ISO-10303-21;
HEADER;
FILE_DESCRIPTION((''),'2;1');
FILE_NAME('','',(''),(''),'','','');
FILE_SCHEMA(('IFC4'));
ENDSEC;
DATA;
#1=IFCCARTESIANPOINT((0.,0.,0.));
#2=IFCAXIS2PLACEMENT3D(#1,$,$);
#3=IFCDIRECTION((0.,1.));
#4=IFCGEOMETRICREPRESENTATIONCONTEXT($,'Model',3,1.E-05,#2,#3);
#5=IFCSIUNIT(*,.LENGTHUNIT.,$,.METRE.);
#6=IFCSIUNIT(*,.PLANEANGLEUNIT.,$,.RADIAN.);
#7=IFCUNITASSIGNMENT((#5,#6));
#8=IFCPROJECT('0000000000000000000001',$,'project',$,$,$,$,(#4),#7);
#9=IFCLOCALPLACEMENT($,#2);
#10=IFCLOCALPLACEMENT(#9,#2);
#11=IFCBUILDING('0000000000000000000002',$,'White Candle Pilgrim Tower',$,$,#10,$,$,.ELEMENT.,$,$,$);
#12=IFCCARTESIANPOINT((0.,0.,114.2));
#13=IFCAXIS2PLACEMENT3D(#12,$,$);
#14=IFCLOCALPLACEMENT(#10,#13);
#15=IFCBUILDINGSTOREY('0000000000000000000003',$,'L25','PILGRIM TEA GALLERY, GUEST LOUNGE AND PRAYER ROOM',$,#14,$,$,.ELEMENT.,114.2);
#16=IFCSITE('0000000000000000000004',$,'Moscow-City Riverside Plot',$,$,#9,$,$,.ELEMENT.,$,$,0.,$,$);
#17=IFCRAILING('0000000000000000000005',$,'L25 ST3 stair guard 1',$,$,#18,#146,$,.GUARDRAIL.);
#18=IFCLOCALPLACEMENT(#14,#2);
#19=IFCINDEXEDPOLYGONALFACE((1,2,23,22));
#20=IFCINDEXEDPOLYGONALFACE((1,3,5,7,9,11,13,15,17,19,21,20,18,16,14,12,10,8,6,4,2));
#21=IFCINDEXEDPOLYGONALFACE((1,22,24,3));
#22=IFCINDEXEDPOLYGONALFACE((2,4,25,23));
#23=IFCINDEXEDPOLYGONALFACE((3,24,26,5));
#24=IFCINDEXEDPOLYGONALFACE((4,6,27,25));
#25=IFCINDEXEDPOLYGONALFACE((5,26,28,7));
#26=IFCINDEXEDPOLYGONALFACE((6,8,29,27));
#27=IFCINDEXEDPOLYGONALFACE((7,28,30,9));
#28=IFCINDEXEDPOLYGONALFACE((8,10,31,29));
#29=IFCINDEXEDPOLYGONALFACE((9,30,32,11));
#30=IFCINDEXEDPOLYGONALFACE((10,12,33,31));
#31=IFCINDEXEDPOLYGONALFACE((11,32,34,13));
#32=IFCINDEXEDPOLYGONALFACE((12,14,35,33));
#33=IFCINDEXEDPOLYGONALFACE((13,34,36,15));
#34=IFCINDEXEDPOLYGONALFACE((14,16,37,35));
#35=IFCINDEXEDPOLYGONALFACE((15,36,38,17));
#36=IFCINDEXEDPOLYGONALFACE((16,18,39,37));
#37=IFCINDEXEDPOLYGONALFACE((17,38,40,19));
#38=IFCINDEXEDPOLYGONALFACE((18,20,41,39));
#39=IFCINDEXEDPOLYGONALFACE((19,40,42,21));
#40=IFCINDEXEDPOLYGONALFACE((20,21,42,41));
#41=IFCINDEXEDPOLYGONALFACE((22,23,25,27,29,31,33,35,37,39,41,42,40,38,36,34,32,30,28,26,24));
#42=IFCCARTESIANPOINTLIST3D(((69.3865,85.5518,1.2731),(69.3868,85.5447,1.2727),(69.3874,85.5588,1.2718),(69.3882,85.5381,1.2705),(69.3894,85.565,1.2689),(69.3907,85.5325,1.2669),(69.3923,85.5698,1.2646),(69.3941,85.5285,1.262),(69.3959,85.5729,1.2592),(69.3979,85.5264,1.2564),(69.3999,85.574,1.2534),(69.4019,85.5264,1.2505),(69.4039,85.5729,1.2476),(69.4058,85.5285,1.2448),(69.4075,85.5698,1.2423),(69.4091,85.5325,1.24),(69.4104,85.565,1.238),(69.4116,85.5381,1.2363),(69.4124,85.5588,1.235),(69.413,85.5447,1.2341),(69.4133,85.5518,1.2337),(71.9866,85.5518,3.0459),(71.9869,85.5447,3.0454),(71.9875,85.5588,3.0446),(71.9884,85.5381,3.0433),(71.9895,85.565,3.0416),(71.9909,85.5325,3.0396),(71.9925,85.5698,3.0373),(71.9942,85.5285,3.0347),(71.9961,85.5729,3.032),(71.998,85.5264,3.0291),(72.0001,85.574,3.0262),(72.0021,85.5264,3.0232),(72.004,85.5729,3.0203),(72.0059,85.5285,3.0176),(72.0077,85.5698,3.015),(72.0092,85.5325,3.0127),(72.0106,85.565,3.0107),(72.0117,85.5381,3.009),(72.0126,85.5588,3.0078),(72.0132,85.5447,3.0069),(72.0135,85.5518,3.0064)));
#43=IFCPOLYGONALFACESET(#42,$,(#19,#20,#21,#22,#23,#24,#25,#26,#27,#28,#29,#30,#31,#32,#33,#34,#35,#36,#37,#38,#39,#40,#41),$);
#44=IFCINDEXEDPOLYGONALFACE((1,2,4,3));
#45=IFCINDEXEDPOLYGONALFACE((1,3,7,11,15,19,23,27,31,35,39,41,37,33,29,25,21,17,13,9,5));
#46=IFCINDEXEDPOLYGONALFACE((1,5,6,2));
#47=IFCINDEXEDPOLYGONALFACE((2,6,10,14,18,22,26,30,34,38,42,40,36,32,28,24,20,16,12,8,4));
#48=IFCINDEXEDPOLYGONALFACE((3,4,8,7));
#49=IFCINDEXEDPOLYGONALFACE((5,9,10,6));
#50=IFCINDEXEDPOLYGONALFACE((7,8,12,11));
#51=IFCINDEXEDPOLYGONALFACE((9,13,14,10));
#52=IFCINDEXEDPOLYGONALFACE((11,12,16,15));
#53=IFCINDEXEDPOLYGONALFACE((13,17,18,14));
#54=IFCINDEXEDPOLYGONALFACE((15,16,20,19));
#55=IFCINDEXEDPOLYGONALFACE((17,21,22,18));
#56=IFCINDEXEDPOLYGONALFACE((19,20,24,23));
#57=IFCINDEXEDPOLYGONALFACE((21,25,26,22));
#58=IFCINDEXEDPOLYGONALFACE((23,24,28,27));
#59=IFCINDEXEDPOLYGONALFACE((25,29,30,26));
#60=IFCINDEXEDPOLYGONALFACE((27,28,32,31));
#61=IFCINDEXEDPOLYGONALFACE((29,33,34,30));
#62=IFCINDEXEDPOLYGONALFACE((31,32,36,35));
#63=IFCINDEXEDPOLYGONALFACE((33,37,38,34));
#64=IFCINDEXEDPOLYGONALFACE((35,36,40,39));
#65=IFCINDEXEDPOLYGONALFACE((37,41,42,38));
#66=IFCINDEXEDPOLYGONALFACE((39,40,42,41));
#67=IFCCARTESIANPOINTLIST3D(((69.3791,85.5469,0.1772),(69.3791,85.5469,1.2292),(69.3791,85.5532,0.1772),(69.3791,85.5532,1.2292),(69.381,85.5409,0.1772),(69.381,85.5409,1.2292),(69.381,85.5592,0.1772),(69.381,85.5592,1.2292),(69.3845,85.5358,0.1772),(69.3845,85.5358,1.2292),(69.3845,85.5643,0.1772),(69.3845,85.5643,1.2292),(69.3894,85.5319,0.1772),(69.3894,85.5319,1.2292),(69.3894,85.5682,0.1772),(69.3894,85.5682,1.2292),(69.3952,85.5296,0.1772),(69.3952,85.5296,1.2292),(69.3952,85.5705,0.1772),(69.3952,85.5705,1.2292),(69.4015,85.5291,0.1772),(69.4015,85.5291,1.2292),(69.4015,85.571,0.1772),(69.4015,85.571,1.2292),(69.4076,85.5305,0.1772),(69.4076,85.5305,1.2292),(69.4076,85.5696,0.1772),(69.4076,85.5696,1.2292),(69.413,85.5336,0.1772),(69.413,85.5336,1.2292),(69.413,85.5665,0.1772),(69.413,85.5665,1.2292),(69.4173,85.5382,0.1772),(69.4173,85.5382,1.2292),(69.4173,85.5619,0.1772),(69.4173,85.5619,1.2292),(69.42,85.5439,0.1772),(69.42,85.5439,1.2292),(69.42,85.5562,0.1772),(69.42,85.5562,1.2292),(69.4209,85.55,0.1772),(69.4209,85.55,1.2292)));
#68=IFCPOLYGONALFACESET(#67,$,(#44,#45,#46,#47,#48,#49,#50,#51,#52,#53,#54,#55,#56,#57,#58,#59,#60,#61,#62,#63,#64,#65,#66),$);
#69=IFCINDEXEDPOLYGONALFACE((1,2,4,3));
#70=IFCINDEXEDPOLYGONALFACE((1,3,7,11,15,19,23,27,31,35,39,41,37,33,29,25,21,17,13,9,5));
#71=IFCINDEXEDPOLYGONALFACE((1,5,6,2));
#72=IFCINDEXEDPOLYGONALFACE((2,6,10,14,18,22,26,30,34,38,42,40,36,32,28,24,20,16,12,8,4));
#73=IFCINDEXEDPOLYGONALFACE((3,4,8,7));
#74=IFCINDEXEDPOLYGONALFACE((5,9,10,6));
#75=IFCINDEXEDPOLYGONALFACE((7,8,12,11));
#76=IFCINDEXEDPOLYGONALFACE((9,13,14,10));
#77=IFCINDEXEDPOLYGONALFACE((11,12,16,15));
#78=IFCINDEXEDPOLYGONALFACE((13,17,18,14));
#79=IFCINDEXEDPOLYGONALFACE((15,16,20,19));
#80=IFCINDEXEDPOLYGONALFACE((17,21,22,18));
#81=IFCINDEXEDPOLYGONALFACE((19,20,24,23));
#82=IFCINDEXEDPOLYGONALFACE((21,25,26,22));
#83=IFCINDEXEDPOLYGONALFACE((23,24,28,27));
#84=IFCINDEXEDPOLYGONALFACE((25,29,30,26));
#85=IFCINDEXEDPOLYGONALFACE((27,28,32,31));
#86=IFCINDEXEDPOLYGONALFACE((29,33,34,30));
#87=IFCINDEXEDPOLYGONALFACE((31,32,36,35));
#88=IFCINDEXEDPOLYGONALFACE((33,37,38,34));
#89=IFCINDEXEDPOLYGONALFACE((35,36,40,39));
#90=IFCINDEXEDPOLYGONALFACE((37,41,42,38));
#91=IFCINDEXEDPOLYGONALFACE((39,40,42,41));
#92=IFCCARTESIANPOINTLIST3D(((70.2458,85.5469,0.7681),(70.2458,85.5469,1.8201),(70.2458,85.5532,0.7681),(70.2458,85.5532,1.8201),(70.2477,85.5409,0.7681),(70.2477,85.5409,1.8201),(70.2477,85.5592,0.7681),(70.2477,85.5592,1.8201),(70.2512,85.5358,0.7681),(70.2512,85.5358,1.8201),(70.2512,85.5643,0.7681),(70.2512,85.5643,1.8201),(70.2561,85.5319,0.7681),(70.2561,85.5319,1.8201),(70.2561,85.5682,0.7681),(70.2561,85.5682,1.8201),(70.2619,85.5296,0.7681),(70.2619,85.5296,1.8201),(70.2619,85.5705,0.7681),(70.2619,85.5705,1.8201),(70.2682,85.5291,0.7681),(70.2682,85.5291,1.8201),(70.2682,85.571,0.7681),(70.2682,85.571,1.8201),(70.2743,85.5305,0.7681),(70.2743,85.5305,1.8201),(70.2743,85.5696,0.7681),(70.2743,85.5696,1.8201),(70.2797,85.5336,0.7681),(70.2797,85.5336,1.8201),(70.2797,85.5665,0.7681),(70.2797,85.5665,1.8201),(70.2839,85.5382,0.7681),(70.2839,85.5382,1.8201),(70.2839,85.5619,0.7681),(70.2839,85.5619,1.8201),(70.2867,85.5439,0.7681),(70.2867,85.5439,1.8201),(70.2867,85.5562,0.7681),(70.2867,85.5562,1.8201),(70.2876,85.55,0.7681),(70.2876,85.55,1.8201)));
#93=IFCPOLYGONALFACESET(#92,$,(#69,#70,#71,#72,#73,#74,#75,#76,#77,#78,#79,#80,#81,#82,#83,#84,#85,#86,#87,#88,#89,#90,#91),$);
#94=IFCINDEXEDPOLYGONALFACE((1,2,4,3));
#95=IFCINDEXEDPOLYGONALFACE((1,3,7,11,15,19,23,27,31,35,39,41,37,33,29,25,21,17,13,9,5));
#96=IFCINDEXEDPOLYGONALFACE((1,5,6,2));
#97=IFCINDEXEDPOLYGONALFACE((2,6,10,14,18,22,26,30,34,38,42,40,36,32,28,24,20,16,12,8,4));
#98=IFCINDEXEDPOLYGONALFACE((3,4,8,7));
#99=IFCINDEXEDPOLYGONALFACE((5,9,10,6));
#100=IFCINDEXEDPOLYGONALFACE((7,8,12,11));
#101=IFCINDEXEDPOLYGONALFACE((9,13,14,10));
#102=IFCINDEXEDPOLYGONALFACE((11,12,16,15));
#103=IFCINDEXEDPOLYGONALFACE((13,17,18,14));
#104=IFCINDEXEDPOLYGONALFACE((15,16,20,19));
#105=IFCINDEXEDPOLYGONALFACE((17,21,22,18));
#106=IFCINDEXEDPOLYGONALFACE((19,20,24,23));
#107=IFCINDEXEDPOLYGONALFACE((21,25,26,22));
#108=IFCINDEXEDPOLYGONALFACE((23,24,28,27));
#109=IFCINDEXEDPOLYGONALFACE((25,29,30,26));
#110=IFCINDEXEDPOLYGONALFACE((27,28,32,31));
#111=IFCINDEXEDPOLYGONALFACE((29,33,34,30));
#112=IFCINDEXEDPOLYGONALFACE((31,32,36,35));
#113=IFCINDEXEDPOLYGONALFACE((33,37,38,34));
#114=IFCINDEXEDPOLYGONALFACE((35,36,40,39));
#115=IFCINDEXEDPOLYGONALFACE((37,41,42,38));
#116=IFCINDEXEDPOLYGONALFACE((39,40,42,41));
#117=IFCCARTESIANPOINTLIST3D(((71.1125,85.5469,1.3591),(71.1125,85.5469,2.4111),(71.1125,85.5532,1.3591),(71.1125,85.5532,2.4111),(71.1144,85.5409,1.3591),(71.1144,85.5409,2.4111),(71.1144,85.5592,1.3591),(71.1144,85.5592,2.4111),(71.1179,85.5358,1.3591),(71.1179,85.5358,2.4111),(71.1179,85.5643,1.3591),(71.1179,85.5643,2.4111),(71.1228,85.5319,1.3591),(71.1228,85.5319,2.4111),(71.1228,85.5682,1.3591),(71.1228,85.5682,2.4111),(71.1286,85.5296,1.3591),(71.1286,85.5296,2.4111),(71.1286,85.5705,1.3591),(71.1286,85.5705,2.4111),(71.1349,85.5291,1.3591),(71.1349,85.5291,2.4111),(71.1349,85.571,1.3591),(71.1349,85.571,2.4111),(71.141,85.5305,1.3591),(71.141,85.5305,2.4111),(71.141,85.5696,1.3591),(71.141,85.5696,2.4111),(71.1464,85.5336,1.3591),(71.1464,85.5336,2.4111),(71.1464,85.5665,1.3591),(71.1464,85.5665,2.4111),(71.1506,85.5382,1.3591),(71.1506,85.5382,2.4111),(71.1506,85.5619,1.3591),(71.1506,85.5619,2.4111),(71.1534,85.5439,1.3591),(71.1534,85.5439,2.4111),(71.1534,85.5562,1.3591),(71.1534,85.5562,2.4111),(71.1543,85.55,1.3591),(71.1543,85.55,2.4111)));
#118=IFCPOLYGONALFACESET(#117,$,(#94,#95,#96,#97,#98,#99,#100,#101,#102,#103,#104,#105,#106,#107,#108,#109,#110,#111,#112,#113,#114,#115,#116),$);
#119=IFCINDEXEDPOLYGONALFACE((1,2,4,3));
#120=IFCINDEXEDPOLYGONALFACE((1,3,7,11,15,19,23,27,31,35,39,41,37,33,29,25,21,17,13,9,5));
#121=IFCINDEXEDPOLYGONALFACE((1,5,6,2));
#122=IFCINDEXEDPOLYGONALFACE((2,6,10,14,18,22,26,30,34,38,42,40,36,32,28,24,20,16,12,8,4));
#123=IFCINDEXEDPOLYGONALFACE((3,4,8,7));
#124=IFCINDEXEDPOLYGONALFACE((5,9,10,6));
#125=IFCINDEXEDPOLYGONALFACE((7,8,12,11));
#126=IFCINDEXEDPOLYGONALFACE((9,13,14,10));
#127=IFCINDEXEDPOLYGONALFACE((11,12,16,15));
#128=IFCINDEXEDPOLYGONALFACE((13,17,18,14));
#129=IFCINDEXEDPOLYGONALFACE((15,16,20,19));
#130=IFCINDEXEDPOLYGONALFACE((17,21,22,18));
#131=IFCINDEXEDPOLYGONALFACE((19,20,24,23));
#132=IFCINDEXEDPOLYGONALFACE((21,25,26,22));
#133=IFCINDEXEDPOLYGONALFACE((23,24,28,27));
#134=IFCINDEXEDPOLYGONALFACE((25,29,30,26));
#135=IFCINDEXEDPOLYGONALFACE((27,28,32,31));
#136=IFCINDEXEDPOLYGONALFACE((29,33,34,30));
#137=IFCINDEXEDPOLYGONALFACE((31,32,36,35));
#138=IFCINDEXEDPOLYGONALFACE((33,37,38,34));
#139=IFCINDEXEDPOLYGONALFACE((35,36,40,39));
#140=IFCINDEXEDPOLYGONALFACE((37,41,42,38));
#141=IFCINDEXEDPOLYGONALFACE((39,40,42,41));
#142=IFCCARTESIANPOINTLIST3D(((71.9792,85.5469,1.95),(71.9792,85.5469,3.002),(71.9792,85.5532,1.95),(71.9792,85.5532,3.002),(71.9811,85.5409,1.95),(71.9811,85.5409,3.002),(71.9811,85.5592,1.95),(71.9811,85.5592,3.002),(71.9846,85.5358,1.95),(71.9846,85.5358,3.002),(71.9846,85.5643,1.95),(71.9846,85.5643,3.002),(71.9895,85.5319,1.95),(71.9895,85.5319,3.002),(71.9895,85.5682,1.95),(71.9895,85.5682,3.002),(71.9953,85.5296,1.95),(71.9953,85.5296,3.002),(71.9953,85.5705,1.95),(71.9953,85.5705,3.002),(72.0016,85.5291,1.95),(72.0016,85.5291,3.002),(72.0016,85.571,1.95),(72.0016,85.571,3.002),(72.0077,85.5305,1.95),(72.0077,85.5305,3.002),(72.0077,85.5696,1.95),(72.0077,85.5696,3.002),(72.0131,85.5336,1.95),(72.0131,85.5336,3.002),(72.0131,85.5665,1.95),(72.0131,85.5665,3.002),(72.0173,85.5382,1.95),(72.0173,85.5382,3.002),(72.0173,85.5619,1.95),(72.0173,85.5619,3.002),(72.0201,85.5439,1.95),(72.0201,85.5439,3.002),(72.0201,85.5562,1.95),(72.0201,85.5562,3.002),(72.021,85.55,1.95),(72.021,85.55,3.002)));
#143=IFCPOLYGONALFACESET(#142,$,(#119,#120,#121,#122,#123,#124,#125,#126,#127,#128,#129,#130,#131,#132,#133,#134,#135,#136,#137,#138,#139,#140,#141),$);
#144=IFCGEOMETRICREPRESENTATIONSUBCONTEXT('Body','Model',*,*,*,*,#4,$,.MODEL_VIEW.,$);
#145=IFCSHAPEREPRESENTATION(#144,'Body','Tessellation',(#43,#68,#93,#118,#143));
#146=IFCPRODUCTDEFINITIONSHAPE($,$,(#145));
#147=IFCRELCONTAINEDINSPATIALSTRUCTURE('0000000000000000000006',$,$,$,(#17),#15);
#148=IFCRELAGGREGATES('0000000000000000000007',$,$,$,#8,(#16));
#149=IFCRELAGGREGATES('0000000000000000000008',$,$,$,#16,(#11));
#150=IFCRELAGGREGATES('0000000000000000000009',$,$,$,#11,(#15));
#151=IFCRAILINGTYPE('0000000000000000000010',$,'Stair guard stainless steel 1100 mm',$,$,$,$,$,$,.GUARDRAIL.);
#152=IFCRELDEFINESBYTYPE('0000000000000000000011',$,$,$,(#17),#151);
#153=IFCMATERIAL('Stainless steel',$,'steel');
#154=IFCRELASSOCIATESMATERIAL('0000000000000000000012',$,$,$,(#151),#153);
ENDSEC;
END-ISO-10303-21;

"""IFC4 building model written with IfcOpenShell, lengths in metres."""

from ifc_helpers import new_model, si_unit, direction, frame, origin, origin_2d, place, context, subcontext, project, spatial, circle, extrude, material, type_object, element, save


model = new_model("IFC4")

# Units and contexts
model_context = context("Model", 3, precision=1e-05, world=origin(), true_north=direction((0.0, 1.0)))
body_context = subcontext(model_context, "Body", "Model", "MODEL_VIEW")
ifc_project = project(units=[si_unit("LENGTHUNIT", "METRE"), si_unit("PLANEANGLEUNIT", "RADIAN")], contexts=[model_context])

# Site, building, storey
site_placement = place(None, origin())
site = spatial("IfcSite", under=ifc_project, at=site_placement, Name="Moscow-City Riverside Plot", CompositionType="ELEMENT", RefElevation=0.0)
building_placement = place(site_placement, origin())
building = spatial("IfcBuilding", under=site, at=building_placement, Name="White Candle Pilgrim Tower", CompositionType="ELEMENT")
storey_placement = place(building_placement, frame((0.0, 0.0, 114.2)))
storey = spatial("IfcBuildingStorey", under=building, at=storey_placement, Name="L25", Description="PILGRIM TEA GALLERY, GUEST LOUNGE AND PRAYER ROOM", CompositionType="ELEMENT", Elevation=114.2)

# Railing
ifc_material_1 = material(Name="Stainless steel", Category="steel")
railing_type_1 = type_object("IfcRailingType", Name="Stair guard stainless steel 1100 mm", PredefinedType="GUARDRAIL", material=ifc_material_1)
railing_1_placement = place(storey_placement, frame((69.3999, 85.55, 0.1772)))
element("IfcRailing", 1, at=railing_1_placement, inside=storey, type_object=railing_type_1, Name="L25 ST3 stair guard 1", PredefinedType="GUARDRAIL", context=body_context, shape_type="SweptSolid", body=[
    extrude(circle(Radius=0.0239, at=origin_2d()), frame((0.0, 0.0, 1.0762), z_axis=(0.82624, 0.0, 0.563318), x_axis=(0.0, 1.0, 0.0)), (0.0, 0.0, 1.0), 3.147),
    extrude(circle(Radius=0.021, at=origin_2d()), origin(), (0.0, 0.0, 1.0), 1.052),
    extrude(circle(Radius=0.021, at=origin_2d()), frame((0.8667, 0.0, 0.5908)), (0.0, 0.0, 1.0), 1.052),
    extrude(circle(Radius=0.021, at=origin_2d()), frame((1.7334, 0.0, 1.1819)), (0.0, 0.0, 1.0), 1.052),
    extrude(circle(Radius=0.021, at=origin_2d()), frame((2.6001, 0.0, 1.7727)), (0.0, 0.0, 1.0), 1.052),
])

save(model, "model.ifc")
